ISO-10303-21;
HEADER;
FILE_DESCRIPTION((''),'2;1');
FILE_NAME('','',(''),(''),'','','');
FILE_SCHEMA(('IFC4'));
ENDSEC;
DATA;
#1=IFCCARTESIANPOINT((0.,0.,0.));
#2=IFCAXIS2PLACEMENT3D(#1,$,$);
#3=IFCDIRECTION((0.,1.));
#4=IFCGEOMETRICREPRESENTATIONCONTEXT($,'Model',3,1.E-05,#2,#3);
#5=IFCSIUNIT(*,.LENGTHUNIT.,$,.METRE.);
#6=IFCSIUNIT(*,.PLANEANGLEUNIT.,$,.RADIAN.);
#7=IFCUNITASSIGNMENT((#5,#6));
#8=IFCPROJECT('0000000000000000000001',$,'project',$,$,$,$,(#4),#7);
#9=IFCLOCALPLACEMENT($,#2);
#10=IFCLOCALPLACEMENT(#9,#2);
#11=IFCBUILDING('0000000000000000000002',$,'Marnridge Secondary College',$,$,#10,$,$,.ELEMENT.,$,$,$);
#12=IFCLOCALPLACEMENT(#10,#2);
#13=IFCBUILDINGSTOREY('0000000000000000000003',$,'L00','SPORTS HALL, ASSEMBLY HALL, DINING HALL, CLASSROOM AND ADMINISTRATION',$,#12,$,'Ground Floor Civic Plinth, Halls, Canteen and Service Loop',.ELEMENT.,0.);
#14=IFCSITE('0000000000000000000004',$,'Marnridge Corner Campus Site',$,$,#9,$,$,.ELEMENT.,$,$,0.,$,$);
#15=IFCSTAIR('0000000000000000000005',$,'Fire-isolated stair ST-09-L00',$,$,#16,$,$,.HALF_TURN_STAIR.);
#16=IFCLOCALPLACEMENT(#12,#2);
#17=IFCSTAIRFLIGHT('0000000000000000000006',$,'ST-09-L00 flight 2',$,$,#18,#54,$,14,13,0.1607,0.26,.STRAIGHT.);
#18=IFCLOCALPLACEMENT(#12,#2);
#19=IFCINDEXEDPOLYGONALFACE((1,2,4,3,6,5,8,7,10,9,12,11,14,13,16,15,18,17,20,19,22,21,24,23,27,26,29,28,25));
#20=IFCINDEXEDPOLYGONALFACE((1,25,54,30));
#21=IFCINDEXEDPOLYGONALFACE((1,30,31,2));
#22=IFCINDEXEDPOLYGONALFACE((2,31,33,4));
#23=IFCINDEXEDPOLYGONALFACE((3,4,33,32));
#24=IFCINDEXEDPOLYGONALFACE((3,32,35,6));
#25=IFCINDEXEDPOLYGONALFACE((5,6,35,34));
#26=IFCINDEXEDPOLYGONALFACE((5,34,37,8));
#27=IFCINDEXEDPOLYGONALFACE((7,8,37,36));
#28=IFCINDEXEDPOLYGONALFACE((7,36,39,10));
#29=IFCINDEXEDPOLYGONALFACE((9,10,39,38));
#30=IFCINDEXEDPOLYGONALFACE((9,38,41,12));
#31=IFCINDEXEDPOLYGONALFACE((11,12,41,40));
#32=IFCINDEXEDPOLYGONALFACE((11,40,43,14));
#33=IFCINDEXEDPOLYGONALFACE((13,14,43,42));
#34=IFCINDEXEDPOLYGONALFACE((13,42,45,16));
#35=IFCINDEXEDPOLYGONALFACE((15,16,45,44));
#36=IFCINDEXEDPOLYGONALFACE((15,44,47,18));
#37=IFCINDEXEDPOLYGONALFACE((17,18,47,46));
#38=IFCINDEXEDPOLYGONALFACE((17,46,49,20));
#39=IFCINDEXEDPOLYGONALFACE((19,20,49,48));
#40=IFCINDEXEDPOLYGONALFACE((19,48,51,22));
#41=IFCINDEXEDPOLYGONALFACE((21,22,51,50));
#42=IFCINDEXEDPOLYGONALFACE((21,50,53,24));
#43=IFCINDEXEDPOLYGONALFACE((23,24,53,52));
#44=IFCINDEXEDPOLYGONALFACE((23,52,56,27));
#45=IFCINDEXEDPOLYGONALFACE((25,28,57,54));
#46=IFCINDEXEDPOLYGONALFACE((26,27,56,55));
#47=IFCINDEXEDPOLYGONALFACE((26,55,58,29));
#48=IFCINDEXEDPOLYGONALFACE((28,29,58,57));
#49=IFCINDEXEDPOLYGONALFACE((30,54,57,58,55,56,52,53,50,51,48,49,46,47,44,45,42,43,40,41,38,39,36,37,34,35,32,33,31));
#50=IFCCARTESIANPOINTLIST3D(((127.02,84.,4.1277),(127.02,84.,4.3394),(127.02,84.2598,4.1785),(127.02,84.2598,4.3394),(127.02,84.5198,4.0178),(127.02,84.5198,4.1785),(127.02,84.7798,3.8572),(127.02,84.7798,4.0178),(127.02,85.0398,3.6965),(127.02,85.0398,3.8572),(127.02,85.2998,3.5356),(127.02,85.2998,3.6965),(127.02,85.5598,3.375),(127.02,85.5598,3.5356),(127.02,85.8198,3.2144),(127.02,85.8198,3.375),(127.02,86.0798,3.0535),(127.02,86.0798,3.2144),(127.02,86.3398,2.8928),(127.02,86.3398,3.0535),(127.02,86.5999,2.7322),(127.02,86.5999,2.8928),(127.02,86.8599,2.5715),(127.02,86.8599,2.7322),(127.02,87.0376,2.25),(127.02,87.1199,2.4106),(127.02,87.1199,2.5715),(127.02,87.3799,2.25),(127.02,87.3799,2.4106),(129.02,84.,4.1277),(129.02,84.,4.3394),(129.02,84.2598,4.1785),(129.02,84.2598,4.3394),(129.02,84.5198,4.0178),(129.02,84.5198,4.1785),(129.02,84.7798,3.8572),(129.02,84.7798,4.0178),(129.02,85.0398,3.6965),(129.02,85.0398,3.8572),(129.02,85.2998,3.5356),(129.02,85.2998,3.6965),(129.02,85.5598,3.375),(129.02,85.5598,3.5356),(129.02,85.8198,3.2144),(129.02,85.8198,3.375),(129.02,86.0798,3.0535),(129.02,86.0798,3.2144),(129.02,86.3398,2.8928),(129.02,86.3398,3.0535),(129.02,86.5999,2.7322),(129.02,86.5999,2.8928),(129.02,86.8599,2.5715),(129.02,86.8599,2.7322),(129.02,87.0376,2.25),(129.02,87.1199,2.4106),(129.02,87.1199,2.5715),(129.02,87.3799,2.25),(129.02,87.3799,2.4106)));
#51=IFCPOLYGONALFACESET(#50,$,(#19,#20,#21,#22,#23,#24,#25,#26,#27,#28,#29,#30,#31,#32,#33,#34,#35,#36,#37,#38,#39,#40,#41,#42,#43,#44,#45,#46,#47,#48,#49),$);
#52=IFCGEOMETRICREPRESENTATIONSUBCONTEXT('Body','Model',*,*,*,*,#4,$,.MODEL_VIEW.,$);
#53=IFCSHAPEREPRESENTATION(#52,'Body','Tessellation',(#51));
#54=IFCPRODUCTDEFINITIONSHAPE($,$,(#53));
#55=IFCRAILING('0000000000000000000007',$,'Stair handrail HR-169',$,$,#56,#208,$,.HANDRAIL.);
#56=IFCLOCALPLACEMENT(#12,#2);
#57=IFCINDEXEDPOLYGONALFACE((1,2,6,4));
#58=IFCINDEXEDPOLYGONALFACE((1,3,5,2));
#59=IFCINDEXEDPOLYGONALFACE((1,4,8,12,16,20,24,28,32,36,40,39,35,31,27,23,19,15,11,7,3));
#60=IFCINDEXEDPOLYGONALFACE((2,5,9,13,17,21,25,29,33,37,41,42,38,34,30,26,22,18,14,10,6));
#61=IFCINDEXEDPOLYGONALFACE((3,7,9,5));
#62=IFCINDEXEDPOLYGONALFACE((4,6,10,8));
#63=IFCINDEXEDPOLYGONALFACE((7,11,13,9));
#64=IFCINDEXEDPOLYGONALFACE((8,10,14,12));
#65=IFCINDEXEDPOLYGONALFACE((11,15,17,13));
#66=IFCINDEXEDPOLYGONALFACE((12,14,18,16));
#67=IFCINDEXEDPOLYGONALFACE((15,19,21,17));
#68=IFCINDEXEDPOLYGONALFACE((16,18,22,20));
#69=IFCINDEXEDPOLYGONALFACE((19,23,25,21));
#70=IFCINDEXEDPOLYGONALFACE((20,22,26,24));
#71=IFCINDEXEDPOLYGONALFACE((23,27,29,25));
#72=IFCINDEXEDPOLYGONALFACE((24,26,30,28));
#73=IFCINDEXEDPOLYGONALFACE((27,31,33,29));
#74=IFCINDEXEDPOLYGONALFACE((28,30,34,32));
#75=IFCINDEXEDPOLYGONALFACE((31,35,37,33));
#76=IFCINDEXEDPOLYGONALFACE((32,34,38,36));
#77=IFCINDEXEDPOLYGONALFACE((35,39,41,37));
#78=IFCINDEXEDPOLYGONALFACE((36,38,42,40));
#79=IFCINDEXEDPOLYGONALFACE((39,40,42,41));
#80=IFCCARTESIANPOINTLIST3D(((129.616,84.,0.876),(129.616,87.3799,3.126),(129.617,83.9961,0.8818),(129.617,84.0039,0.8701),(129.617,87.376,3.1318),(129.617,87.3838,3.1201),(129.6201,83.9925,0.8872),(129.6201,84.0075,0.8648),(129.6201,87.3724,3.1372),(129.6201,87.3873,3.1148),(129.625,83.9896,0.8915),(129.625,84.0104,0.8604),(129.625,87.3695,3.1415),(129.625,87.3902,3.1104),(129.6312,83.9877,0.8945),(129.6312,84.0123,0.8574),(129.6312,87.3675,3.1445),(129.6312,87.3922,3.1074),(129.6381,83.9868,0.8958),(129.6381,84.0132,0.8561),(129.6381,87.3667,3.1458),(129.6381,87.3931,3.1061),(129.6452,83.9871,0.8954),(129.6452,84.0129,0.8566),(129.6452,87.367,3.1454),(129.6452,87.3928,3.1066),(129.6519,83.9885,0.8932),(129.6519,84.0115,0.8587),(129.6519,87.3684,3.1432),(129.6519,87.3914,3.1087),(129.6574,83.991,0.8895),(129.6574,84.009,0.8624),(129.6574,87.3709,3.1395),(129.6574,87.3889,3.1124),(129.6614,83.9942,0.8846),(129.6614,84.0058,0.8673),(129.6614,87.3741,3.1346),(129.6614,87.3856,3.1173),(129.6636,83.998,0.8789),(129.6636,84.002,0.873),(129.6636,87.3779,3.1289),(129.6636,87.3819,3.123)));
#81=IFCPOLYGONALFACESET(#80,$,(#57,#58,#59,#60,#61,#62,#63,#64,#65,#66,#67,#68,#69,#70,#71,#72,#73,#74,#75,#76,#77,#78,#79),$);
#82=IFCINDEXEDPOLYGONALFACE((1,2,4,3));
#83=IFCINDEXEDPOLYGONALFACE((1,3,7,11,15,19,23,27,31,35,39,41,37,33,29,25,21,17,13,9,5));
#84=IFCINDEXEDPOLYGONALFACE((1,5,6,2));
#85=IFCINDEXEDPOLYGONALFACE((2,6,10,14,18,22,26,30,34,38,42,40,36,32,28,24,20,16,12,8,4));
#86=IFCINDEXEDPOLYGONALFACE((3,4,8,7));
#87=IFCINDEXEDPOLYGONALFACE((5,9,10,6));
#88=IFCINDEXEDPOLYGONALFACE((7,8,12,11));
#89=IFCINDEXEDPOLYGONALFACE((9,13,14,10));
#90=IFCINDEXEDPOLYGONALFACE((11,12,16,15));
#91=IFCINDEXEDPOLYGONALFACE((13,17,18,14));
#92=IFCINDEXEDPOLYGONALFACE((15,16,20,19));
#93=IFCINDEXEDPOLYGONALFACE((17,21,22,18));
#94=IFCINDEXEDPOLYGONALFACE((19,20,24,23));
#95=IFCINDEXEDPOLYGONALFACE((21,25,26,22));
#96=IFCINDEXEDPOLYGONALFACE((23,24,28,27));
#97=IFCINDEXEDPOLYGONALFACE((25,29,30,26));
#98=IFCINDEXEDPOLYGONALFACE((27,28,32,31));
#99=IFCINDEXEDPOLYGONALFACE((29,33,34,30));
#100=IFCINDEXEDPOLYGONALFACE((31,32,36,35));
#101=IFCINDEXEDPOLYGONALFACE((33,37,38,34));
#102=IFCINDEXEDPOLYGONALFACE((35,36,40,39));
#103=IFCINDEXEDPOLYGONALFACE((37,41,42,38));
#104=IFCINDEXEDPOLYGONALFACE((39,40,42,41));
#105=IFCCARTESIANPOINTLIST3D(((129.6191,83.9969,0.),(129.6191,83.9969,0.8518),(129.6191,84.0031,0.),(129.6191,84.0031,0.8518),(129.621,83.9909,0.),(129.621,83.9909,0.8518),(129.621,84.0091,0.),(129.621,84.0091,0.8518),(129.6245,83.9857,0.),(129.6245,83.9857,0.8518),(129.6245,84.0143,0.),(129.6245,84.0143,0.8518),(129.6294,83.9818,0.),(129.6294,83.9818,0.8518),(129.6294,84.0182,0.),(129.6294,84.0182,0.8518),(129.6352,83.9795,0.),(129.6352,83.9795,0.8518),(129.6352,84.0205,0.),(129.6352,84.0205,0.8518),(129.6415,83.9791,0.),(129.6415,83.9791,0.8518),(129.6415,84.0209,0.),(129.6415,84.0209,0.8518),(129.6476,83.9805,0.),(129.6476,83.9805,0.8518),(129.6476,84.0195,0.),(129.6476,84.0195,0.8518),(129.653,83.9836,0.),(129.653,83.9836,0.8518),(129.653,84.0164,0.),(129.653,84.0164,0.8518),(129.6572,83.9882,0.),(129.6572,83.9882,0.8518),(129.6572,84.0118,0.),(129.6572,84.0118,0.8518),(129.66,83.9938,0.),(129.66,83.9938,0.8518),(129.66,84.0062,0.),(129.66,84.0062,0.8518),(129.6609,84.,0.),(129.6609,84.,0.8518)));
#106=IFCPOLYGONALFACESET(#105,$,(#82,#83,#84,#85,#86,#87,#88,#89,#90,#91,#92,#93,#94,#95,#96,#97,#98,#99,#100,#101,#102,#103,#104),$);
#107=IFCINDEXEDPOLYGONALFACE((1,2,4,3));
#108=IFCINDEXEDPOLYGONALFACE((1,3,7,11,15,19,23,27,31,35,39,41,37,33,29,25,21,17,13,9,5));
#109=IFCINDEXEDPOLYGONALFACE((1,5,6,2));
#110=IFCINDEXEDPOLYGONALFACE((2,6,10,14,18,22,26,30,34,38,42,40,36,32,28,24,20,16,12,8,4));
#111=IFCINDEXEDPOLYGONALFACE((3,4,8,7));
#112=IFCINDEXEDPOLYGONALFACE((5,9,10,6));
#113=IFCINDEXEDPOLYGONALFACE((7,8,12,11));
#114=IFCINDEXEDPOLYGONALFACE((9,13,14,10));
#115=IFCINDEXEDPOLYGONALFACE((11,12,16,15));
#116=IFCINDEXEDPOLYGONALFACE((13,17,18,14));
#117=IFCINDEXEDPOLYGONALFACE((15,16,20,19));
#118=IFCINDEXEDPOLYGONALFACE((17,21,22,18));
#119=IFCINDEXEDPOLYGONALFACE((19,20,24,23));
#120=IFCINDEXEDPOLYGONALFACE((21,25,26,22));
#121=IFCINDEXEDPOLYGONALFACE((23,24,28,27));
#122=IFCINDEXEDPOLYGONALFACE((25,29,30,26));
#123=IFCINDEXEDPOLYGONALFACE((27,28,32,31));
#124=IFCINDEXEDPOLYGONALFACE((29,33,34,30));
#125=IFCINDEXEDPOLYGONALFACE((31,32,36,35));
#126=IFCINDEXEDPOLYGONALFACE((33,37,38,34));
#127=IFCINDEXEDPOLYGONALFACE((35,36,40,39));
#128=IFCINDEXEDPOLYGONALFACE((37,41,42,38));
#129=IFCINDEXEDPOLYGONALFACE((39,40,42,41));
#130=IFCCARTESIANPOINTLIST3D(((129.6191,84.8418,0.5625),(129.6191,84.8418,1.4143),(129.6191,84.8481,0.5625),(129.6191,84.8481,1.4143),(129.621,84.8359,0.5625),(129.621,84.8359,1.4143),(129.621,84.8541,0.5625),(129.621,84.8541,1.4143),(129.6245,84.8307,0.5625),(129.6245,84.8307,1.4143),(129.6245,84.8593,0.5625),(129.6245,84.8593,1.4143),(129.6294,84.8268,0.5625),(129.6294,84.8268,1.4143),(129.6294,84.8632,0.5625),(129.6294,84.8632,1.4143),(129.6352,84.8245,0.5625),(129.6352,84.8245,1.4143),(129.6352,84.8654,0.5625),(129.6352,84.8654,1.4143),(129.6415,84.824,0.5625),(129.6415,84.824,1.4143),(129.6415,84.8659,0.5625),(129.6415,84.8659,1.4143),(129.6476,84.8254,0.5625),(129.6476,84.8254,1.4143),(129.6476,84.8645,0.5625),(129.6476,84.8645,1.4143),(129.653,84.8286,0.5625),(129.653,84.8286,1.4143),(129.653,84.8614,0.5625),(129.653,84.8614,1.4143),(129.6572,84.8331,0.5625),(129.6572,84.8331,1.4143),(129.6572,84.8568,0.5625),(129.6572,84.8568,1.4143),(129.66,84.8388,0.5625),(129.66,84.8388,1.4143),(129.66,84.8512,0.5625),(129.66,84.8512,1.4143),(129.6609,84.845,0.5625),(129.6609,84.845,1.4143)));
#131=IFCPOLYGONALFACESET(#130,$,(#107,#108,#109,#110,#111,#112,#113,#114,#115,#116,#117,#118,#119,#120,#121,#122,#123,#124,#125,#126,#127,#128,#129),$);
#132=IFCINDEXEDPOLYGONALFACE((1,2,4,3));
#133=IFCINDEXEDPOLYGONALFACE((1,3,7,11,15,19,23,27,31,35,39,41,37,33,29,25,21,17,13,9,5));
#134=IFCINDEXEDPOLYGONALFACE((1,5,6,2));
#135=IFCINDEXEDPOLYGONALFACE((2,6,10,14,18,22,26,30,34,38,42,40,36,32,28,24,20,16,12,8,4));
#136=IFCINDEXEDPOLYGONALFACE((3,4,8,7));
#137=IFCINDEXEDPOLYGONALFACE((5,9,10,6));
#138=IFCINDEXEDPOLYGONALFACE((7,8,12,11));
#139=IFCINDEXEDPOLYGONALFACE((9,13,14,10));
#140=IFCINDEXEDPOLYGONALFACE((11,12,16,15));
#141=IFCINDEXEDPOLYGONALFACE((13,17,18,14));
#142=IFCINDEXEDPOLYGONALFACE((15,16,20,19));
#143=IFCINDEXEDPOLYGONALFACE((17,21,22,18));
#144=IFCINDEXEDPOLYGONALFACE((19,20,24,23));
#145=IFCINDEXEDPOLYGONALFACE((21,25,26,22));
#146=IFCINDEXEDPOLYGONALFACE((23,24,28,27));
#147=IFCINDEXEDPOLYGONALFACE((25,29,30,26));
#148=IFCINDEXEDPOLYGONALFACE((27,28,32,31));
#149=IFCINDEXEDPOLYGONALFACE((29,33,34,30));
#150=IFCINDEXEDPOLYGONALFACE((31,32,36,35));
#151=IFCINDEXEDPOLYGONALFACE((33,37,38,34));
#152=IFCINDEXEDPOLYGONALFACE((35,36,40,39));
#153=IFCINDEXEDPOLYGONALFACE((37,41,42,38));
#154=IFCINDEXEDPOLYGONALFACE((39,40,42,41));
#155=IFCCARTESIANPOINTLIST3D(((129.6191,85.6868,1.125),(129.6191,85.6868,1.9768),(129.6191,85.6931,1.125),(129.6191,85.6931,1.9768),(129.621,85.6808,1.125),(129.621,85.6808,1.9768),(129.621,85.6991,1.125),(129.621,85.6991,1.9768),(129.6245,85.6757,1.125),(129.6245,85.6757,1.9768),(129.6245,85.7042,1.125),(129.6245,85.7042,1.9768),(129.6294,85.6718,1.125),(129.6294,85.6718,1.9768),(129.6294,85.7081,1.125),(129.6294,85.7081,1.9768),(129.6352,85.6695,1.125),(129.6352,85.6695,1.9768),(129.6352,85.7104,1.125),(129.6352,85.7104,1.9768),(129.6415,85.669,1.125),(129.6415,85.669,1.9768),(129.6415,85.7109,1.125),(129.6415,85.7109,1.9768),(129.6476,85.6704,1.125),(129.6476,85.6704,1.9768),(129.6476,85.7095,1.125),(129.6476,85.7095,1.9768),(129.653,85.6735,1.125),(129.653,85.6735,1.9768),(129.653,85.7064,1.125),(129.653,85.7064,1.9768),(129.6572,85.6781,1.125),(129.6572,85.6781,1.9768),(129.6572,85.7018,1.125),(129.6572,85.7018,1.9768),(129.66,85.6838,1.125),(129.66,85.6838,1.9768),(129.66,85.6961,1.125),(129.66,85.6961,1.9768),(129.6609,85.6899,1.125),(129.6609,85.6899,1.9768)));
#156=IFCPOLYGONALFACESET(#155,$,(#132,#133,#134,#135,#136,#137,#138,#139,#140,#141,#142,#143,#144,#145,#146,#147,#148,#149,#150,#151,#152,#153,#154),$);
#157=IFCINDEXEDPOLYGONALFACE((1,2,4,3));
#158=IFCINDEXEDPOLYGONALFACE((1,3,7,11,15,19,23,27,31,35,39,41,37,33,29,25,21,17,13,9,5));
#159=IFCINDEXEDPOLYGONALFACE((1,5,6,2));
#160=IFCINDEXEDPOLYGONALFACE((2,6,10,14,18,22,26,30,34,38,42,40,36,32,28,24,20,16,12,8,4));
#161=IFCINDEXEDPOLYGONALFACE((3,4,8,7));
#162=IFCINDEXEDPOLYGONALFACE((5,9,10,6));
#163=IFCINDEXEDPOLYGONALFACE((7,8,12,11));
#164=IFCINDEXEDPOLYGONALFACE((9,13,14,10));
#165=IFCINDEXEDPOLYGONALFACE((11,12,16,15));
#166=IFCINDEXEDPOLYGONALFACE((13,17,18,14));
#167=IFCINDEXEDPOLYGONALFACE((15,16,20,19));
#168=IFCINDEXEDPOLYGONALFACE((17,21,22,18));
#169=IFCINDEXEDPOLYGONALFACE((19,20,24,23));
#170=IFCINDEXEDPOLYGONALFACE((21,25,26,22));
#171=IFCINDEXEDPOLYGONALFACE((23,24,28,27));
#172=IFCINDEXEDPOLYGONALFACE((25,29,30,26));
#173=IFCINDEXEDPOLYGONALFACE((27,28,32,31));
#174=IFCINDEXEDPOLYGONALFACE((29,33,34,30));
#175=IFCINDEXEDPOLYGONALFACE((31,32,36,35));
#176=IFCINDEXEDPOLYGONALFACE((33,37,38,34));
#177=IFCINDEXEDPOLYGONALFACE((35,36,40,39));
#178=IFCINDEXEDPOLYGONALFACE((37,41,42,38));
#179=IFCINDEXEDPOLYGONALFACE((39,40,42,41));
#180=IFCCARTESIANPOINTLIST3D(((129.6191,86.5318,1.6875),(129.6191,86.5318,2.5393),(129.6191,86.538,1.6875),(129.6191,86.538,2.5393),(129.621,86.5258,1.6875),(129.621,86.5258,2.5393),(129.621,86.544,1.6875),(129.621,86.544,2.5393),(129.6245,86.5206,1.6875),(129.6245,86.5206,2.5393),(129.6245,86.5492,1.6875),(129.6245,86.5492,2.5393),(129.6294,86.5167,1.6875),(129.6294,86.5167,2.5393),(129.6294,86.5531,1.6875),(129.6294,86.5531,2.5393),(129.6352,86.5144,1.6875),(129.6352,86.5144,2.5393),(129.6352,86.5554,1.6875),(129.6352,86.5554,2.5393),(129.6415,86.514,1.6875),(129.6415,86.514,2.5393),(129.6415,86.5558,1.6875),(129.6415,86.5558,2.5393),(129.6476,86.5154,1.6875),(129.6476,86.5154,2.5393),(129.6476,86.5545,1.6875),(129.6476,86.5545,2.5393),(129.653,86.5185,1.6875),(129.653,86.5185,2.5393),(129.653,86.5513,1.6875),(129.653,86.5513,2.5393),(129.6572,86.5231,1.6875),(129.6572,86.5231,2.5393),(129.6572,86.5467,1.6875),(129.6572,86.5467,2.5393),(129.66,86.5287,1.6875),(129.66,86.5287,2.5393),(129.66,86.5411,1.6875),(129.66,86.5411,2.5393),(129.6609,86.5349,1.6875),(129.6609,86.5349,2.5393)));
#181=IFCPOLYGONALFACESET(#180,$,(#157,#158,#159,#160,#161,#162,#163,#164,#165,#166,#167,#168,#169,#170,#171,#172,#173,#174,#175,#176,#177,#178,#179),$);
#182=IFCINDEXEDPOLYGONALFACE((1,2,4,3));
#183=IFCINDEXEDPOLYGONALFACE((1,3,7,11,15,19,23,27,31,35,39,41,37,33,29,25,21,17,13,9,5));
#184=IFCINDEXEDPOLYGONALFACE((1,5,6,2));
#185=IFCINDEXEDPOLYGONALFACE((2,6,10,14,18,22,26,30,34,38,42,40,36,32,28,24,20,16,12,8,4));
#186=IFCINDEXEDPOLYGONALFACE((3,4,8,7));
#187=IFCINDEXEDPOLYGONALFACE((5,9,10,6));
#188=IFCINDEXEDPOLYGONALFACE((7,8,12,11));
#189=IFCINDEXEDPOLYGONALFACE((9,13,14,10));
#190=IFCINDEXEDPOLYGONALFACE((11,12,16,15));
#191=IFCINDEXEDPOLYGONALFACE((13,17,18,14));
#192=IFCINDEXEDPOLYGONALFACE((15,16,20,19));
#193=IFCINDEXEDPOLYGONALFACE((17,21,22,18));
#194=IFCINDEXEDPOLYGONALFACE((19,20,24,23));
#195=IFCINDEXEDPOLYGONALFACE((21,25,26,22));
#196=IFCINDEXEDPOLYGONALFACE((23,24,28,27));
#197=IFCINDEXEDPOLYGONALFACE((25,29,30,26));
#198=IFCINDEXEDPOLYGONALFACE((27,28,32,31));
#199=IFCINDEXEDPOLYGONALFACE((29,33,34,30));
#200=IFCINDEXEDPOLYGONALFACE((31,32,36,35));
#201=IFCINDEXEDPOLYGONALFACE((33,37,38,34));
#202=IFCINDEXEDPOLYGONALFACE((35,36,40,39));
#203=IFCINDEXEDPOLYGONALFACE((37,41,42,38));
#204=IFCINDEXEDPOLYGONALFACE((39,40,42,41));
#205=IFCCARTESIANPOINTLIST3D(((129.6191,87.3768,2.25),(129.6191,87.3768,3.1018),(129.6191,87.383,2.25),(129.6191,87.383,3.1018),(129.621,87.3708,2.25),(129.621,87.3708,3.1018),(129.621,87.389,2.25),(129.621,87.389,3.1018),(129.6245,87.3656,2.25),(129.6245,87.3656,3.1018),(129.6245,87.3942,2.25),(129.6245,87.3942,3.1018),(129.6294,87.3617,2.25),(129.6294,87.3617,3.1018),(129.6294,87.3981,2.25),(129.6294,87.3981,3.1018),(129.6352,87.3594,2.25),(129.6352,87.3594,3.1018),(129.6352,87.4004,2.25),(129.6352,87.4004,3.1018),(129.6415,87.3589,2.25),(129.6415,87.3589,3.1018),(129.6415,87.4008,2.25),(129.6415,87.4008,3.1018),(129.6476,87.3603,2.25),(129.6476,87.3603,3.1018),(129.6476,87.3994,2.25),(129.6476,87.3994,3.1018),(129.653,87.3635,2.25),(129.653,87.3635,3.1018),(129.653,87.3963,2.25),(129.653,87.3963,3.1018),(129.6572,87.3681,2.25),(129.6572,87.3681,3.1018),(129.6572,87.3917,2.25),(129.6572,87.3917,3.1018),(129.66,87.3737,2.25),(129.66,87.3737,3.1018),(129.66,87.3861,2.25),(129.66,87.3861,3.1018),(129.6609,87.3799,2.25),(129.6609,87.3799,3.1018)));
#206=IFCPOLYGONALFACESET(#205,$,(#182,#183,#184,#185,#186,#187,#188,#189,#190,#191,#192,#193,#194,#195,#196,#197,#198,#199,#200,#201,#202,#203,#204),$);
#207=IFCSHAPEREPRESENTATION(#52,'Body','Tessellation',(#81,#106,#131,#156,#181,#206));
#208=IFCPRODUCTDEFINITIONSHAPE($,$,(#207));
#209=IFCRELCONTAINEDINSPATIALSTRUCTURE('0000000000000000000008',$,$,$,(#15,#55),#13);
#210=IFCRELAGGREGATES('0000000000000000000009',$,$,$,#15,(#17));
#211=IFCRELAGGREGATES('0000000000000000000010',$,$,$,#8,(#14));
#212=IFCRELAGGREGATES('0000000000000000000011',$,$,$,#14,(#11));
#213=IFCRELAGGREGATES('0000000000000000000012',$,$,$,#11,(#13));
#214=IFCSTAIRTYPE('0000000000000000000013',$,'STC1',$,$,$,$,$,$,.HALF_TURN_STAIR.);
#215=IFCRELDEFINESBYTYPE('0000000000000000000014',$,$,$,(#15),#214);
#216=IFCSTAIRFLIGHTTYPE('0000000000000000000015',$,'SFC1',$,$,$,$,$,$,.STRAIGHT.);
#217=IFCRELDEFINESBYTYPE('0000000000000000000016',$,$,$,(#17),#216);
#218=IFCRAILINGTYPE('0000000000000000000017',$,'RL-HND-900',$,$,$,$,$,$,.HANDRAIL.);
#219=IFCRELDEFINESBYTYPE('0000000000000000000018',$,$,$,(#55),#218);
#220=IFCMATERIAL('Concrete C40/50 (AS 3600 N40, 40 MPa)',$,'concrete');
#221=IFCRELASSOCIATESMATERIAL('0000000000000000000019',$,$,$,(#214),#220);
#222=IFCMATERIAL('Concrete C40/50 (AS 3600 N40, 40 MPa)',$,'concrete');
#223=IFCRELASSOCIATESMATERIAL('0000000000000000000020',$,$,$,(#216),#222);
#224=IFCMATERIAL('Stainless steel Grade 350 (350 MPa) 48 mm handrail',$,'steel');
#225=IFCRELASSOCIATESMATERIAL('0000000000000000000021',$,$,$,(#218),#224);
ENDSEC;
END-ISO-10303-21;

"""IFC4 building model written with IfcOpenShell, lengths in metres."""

from ifc_helpers import new_model, si_unit, direction, frame, origin, origin_2d, place, context, subcontext, project, spatial, polyline, circle, outline, extrude, material, type_object, element, aggregate, save


model = new_model("IFC4")

# Units and contexts
model_context = context("Model", 3, precision=1e-05, world=origin(), true_north=direction((0.0, 1.0)))
body_context = subcontext(model_context, "Body", "Model", "MODEL_VIEW")
ifc_project = project(units=[si_unit("LENGTHUNIT", "METRE"), si_unit("PLANEANGLEUNIT", "RADIAN")], contexts=[model_context])

# Site, building, storey
site_placement = place(None, origin())
site = spatial("IfcSite", under=ifc_project, at=site_placement, Name="Marnridge Corner Campus Site", CompositionType="ELEMENT", RefElevation=0.0)
building_placement = place(site_placement, origin())
building = spatial("IfcBuilding", under=site, at=building_placement, Name="Marnridge Secondary College", CompositionType="ELEMENT")
storey_placement = place(building_placement, origin())
storey = spatial("IfcBuildingStorey", under=building, at=storey_placement, Name="L00", Description="SPORTS HALL, ASSEMBLY HALL, DINING HALL, CLASSROOM AND ADMINISTRATION", LongName="Ground Floor Civic Plinth, Halls, Canteen and Service Loop", CompositionType="ELEMENT", Elevation=0.0)

# Stair, stair flight
ifc_material_1 = material(Name="Concrete C40/50 (AS 3600 N40, 40 MPa)", Category="concrete")
stair_type = type_object("IfcStairType", Name="STC1", PredefinedType="HALF_TURN_STAIR", material=ifc_material_1)
stair_placement = place(storey_placement, origin())
stair = element("IfcStair", 1, at=stair_placement, inside=storey, type_object=stair_type, Name="Fire-isolated stair ST-09-L00", PredefinedType="HALF_TURN_STAIR")
ifc_material_2 = material(Name="Concrete C40/50 (AS 3600 N40, 40 MPa)", Category="concrete")
stair_flight_type = type_object("IfcStairFlightType", Name="SFC1", PredefinedType="STRAIGHT", material=ifc_material_2)
stair_flight_1_placement = place(storey_placement, frame((128.02, 87.3799, 2.25), z_axis=(0.0, 0.0, 1.0), x_axis=(0.0, -1.0, 0.0)))
stair_flight_1 = element("IfcStairFlight", 2, at=stair_flight_1_placement, type_object=stair_flight_type, Name="ST-09-L00 flight 2", NumberOfRisers=14, NumberOfTreads=13, PredefinedType="STRAIGHT", RiserHeight=0.1607, TreadLength=0.26, context=body_context, shape_type="SweptSolid", body=[
    extrude(outline(polyline([(0.0, 0.0), (0.0, 0.1606), (0.26, 0.1606), (0.26, 0.3215), (0.52, 0.3215), (0.52, 0.4822), (0.78, 0.4822), (0.78, 0.6428), (1.04, 0.6428), (1.04, 0.8035), (1.3, 0.8035), (1.3, 0.9644), (1.5601, 0.9644), (1.5601, 1.125), (1.8201, 1.125), (1.8201, 1.2856), (2.0801, 1.2856), (2.0801, 1.4465), (2.3401, 1.4465), (2.3401, 1.6072), (2.6001, 1.6072), (2.6001, 1.7678), (2.8601, 1.7678), (2.8601, 1.9285), (3.1201, 1.9285), (3.1201, 2.0894), (3.3799, 2.0894), (3.3799, 2.25), (3.3799, 1.8777), (0.3423, 0.0), (0.0, 0.0)])), frame((0.0, 1.0, 0.0), z_axis=(0.0, -1.0, 0.0), x_axis=(1.0, 0.0, 0.0)), (0.0, 0.0, 1.0), 2.0),
])
aggregate(stair, [stair_flight_1])

# Railing
ifc_material_3 = material(Name="Stainless steel Grade 350 (350 MPa) 48 mm handrail", Category="steel")
railing_type_1 = type_object("IfcRailingType", Name="RL-HND-900", PredefinedType="HANDRAIL", material=ifc_material_3)
railing_1_placement = place(storey_placement, frame((129.6399, 84.0, 0.0)))
element("IfcRailing", 3, at=railing_1_placement, inside=storey, type_object=railing_type_1, Name="Stair handrail HR-169", PredefinedType="HANDRAIL", context=body_context, shape_type="SweptSolid", body=[
    extrude(circle(Radius=0.0239, at=origin_2d()), frame((0.0, 0.0, 0.876), z_axis=(0.0, 0.83242, 0.554145), x_axis=(-1.0, 0.0, 0.0)), (0.0, 0.0, 1.0), 4.0603),
    extrude(circle(Radius=0.021, at=origin_2d()), origin(), (0.0, 0.0, 1.0), 0.8518),
    extrude(circle(Radius=0.021, at=origin_2d()), frame((0.0, 0.845, 0.5625)), (0.0, 0.0, 1.0), 0.8518),
    extrude(circle(Radius=0.021, at=origin_2d()), frame((0.0, 1.6899, 1.125)), (0.0, 0.0, 1.0), 0.8518),
    extrude(circle(Radius=0.021, at=origin_2d()), frame((0.0, 2.5349, 1.6875)), (0.0, 0.0, 1.0), 0.8518),
    extrude(circle(Radius=0.021, at=origin_2d()), frame((0.0, 3.3799, 2.25)), (0.0, 0.0, 1.0), 0.8518),
])

save(model, "model.ifc")
